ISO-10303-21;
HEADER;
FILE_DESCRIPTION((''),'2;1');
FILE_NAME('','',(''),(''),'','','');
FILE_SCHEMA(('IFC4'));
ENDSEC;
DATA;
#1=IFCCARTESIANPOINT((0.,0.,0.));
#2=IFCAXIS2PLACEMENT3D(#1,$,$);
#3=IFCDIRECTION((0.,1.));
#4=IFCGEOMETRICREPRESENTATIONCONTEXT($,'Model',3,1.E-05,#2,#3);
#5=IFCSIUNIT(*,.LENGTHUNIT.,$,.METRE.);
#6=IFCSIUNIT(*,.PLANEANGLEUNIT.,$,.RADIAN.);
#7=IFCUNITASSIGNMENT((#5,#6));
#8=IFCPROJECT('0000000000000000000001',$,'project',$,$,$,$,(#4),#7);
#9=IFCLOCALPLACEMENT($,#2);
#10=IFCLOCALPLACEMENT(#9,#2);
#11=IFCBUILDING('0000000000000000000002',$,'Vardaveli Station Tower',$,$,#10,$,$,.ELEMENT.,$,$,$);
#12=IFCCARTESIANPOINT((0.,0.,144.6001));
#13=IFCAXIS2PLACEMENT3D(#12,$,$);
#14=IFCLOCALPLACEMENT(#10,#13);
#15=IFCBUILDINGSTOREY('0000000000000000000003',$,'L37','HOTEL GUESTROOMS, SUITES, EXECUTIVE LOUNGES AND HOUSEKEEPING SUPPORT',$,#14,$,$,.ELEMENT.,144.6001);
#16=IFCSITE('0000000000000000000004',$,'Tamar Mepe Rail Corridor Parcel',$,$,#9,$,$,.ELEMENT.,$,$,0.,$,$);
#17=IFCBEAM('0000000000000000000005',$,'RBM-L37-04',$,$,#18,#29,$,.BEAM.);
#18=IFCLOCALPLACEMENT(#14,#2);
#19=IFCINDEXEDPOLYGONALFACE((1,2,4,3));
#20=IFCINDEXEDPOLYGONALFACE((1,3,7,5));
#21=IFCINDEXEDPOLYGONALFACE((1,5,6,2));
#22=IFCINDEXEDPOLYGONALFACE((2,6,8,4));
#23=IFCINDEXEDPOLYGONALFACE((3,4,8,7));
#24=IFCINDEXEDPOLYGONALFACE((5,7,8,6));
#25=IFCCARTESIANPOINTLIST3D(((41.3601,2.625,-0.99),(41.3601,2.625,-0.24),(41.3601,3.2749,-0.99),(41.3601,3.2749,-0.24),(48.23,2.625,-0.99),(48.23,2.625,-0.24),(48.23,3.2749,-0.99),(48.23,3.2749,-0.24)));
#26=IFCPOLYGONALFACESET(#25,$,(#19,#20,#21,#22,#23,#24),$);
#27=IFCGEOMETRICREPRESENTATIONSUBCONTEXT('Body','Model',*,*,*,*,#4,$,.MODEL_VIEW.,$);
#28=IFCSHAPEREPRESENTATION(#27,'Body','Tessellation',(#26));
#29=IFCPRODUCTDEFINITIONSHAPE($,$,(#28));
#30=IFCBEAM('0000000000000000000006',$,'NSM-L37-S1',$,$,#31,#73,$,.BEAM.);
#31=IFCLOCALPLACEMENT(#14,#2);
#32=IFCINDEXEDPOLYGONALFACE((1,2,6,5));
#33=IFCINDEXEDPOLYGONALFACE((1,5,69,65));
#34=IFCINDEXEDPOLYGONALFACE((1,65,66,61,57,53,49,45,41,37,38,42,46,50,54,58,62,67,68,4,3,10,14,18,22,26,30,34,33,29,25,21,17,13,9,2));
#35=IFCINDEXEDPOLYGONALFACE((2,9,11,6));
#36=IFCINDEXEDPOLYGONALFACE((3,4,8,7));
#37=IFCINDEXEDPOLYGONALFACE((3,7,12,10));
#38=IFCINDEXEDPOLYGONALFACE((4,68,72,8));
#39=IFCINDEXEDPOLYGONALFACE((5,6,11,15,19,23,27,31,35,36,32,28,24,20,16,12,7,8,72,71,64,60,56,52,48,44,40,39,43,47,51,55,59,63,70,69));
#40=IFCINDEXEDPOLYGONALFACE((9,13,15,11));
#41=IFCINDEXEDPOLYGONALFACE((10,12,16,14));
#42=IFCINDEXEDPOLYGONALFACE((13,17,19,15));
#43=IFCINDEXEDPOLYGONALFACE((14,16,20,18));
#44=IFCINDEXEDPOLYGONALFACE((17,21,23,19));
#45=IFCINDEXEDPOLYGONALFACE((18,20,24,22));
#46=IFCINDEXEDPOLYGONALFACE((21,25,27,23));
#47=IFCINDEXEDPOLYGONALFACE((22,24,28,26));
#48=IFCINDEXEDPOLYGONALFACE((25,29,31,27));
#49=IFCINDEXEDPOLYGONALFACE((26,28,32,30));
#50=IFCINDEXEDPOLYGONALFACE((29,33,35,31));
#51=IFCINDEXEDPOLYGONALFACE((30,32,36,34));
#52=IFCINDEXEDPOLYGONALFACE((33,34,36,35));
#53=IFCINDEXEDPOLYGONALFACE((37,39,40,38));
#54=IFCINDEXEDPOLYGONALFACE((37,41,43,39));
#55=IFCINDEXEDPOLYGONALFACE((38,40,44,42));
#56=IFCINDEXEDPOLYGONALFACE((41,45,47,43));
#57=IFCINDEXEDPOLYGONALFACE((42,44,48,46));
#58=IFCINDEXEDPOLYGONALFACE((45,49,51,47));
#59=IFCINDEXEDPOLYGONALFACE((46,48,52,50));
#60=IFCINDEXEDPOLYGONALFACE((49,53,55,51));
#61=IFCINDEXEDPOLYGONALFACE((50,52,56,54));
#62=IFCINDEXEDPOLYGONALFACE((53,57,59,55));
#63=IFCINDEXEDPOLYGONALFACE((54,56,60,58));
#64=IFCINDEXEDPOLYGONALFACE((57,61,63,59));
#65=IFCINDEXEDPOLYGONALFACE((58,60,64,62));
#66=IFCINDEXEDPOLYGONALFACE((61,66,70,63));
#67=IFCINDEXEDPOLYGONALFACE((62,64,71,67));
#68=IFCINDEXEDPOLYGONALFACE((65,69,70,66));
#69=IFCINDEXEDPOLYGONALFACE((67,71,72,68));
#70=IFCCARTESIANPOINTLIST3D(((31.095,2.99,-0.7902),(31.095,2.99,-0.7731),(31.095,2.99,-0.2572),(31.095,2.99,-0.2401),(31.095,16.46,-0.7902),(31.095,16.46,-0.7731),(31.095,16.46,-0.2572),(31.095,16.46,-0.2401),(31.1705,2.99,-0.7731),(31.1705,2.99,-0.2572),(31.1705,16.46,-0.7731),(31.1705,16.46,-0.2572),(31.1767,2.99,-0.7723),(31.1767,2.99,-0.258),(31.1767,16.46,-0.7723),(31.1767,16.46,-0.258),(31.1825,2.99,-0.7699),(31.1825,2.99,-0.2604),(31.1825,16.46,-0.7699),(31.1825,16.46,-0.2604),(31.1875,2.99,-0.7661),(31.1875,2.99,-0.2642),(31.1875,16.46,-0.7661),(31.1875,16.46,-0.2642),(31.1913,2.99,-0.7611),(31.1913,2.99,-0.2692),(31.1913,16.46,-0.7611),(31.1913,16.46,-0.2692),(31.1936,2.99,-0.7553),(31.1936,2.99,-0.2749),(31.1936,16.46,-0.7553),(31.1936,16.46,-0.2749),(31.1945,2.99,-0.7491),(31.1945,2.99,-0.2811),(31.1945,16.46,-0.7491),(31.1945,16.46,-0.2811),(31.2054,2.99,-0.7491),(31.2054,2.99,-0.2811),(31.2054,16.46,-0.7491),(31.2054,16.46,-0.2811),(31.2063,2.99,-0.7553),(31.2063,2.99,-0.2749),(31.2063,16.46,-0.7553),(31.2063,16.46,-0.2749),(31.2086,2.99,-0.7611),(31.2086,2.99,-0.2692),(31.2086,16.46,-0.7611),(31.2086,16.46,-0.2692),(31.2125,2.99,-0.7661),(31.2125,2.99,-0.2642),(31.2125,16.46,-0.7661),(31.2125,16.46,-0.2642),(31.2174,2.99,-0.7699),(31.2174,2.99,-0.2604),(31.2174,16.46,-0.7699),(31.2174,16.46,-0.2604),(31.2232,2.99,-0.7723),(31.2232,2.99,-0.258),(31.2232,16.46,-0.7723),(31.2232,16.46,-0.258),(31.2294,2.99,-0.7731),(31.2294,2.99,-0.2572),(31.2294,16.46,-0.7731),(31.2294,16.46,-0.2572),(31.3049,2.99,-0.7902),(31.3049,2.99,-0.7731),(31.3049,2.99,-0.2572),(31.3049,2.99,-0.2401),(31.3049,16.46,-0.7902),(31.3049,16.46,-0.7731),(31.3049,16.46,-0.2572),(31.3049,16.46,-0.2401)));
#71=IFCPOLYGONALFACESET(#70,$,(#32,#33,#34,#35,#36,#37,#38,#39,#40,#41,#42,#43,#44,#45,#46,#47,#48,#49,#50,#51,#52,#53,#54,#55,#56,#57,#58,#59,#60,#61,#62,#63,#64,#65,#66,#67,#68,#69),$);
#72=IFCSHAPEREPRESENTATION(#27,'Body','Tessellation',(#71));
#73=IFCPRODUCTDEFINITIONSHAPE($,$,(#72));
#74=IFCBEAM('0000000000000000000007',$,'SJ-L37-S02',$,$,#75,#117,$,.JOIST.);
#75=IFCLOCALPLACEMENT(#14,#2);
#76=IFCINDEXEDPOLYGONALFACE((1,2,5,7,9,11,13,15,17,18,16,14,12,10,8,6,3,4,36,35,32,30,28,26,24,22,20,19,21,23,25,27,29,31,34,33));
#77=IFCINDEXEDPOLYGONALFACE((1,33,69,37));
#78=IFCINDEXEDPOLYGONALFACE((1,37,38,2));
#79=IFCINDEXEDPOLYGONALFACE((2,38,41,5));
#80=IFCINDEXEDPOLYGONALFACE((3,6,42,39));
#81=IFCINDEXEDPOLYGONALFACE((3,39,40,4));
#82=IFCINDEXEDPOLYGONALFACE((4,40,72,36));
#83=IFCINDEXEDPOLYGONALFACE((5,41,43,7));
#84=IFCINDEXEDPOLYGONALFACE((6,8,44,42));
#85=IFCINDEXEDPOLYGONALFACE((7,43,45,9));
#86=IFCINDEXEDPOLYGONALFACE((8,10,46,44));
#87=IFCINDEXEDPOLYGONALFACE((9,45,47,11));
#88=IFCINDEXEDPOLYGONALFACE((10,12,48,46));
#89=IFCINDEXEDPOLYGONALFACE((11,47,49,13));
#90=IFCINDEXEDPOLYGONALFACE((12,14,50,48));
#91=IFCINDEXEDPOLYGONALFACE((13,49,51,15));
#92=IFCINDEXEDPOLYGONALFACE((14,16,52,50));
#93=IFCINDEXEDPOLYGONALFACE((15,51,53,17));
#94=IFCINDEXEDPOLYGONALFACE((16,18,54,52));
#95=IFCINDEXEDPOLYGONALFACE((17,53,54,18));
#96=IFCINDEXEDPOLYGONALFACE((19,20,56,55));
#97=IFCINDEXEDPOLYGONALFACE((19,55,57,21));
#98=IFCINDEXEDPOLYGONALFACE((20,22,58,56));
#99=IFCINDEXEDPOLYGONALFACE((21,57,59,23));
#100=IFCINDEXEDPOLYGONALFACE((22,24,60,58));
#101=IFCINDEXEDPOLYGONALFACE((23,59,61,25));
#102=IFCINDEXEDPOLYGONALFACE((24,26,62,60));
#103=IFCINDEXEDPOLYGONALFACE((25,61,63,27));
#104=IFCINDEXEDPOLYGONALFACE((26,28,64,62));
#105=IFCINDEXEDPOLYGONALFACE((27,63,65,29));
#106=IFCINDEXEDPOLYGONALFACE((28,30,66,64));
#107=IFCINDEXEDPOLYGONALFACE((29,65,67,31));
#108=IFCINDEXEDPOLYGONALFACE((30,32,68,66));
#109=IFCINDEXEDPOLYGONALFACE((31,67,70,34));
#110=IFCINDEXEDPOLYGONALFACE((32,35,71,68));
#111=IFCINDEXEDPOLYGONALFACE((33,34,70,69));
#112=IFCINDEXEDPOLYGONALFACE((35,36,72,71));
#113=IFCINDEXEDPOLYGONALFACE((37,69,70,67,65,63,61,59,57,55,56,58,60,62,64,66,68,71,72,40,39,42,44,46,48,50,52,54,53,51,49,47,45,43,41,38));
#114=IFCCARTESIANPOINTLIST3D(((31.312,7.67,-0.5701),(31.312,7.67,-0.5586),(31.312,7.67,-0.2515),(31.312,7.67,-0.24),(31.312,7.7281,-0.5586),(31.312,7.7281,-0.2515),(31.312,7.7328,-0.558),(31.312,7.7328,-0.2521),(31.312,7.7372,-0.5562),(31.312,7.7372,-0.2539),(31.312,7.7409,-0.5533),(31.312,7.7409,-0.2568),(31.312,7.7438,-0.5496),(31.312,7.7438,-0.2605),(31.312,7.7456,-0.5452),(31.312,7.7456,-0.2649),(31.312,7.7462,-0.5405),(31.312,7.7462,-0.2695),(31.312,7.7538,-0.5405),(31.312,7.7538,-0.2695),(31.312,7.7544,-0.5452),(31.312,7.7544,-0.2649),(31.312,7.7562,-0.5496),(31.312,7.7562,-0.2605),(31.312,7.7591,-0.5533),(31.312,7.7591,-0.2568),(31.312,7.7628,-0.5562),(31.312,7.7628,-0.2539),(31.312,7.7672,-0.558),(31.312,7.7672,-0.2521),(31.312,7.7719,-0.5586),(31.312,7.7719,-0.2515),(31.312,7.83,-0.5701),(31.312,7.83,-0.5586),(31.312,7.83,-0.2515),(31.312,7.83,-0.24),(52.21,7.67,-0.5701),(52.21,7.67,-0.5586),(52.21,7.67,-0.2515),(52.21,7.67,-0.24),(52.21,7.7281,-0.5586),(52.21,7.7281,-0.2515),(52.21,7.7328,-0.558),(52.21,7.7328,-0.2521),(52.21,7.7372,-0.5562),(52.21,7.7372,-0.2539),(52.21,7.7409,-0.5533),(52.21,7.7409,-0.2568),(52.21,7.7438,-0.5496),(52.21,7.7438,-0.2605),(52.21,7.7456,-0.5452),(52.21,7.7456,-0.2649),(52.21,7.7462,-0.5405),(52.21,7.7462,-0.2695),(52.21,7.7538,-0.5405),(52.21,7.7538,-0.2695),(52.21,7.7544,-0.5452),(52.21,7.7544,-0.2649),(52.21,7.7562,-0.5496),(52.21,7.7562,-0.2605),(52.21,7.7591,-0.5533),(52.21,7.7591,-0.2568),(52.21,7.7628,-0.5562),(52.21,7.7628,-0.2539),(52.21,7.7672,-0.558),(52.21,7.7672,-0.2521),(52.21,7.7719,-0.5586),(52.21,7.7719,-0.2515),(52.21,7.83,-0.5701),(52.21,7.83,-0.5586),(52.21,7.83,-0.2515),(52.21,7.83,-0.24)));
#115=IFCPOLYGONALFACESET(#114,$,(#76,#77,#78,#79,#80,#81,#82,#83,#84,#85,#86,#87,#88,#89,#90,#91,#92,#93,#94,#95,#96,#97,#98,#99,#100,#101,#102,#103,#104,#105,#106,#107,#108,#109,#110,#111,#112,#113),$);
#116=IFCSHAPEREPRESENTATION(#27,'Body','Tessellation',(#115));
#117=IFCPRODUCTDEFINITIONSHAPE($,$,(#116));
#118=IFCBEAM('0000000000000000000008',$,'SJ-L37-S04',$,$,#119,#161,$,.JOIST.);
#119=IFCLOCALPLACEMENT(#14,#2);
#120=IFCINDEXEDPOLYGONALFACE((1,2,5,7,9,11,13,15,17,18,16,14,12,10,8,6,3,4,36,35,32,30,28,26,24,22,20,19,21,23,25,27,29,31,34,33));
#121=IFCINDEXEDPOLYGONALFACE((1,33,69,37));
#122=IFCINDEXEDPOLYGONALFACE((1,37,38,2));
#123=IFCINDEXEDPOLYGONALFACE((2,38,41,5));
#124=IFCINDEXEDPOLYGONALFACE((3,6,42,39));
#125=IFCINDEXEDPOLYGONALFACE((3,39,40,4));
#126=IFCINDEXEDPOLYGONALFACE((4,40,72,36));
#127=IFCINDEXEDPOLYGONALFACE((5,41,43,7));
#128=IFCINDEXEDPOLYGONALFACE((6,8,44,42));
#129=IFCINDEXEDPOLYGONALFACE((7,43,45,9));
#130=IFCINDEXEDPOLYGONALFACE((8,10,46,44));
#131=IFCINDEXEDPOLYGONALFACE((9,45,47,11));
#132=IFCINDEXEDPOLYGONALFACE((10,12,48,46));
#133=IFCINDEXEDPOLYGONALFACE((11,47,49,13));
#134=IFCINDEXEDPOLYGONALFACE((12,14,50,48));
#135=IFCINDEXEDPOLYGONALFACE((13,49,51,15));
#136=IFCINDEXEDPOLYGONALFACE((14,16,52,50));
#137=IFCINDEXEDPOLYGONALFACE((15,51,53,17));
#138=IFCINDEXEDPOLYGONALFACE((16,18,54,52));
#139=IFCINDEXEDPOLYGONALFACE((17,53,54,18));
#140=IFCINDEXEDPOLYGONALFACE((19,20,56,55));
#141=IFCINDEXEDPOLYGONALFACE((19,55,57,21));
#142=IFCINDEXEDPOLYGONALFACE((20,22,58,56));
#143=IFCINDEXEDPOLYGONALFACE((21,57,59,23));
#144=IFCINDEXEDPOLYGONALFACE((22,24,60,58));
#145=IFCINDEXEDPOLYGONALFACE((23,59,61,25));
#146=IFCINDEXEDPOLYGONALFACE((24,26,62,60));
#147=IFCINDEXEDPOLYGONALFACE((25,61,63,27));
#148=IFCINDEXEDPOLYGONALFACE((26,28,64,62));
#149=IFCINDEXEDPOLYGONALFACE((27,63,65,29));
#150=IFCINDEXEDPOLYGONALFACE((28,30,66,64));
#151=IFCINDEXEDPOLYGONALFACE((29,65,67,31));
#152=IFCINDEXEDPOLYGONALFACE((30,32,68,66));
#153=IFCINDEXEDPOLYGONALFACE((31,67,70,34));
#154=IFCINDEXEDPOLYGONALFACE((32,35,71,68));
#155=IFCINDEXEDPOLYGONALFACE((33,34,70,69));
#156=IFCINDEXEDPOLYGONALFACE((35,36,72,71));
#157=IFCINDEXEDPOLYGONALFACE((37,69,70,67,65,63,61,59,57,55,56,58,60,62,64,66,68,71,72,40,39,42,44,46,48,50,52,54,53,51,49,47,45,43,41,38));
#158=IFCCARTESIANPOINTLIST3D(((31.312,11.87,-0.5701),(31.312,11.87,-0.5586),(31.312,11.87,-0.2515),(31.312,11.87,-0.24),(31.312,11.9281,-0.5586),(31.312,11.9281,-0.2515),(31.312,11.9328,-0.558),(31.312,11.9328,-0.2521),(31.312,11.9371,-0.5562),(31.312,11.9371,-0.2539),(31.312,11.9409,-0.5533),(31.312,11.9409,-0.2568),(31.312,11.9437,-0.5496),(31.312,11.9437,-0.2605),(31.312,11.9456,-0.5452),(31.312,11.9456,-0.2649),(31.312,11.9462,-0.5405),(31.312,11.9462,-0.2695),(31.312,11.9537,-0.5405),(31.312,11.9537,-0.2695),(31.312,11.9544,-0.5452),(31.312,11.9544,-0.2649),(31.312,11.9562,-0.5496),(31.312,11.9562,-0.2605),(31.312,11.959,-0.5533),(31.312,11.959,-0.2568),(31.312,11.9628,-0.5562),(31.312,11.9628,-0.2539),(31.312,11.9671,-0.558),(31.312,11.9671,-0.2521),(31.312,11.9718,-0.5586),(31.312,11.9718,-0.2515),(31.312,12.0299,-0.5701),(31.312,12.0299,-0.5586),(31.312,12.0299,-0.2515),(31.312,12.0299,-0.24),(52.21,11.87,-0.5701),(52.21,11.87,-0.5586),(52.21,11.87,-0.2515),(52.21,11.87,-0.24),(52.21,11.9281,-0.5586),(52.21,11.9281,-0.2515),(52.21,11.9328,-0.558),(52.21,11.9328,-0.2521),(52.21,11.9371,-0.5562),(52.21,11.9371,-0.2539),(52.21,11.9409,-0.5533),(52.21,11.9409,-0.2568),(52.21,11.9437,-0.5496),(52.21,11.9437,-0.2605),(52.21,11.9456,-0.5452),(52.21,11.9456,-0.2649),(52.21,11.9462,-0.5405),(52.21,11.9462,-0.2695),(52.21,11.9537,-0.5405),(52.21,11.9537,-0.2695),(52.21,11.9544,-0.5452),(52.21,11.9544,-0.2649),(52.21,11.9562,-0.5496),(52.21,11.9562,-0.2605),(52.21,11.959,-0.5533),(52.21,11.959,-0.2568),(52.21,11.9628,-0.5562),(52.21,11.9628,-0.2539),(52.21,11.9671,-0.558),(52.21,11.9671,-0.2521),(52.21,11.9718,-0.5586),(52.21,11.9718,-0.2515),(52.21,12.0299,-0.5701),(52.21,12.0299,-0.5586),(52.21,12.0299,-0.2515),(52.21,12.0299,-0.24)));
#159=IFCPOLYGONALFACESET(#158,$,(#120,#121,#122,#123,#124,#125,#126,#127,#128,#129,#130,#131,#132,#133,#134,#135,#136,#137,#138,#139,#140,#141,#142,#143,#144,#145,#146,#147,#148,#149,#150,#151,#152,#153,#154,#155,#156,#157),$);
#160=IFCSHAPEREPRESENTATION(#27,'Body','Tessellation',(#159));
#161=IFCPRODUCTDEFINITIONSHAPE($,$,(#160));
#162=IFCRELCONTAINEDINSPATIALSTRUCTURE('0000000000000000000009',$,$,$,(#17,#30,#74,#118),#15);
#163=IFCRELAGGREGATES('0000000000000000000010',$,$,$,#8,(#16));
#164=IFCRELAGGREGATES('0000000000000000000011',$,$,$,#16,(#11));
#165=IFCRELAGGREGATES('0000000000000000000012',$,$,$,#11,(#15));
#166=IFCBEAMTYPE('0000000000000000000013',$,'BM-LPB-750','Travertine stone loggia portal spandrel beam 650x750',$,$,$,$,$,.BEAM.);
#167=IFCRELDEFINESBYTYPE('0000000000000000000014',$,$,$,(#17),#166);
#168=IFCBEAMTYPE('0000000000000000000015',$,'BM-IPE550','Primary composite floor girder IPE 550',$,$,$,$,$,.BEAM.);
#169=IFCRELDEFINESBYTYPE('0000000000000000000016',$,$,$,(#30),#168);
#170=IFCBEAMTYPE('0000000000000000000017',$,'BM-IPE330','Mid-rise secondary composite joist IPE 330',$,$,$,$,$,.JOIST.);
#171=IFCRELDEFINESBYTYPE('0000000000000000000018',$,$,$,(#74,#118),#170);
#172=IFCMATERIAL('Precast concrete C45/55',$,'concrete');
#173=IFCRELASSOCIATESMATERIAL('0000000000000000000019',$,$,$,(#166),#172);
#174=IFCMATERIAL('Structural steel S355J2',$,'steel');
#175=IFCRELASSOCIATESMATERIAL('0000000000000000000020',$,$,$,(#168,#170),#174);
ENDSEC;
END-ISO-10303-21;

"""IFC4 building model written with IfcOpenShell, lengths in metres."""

from ifc_helpers import new_model, si_unit, direction, frame, origin, origin_2d, place, context, subcontext, project, spatial, rectangle, i_section, extrude, source, transform, mapped, material, material_profile, profile_set, type_object, element, save


model = new_model("IFC4")

# Units and contexts
model_context = context("Model", 3, precision=1e-05, world=origin(), true_north=direction((0.0, 1.0)))
body_context = subcontext(model_context, "Body", "Model", "MODEL_VIEW")
ifc_project = project(units=[si_unit("LENGTHUNIT", "METRE"), si_unit("PLANEANGLEUNIT", "RADIAN")], contexts=[model_context])

# Site, building, storey
site_placement = place(None, origin())
site = spatial("IfcSite", under=ifc_project, at=site_placement, Name="Tamar Mepe Rail Corridor Parcel", CompositionType="ELEMENT", RefElevation=0.0)
building_placement = place(site_placement, origin())
building = spatial("IfcBuilding", under=site, at=building_placement, Name="Vardaveli Station Tower", CompositionType="ELEMENT")
storey_placement = place(building_placement, frame((0.0, 0.0, 144.6001)))
storey = spatial("IfcBuildingStorey", under=building, at=storey_placement, Name="L37", Description="HOTEL GUESTROOMS, SUITES, EXECUTIVE LOUNGES AND HOUSEKEEPING SUPPORT", CompositionType="ELEMENT", Elevation=144.6001)

# Beams
ifc_material_1 = material(Name="Structural steel S355J2", Category="steel")
ifc_material_2 = material(Name="Precast concrete C45/55", Category="concrete")
ifc_material_profile_1 = material_profile(ifc_material_2, rectangle(XDim=0.6499, YDim=0.75, at=origin_2d()), Name="LPB 650x750")
ifc_profile_set_1 = profile_set([ifc_material_profile_1], Name="Precast concrete C45/55")
beam_type_1 = type_object("IfcBeamType", Name="BM-LPB-750", Description="Travertine stone loggia portal spandrel beam 650x750", PredefinedType="BEAM", material=ifc_profile_set_1)
shared_shape_1 = source(origin(), body_context, "Body", "SweptSolid", [
    extrude(rectangle(XDim=0.6499, YDim=0.75, at=origin_2d()), origin(), (0.0, 0.0, 1.0), 6.8699),
])
beam_1_placement = place(storey_placement, frame((41.3601, 2.95, -0.615), z_axis=(1.0, 0.0, 0.0), x_axis=(0.0, 1.0, 0.0)))
element("IfcBeam", 1, at=beam_1_placement, inside=storey, type_object=beam_type_1, Name="RBM-L37-04", PredefinedType="BEAM", context=body_context, shape_type="MappedRepresentation", body=[
    mapped(shared_shape_1, transform((0.0, 0.0, 0.0), scale=1.0)),
])
ifc_material_profile_2 = material_profile(ifc_material_1, i_section(OverallWidth=0.21, OverallDepth=0.55, WebThickness=0.011, FlangeThickness=0.0171, FilletRadius=0.0239, at=origin_2d()), Name="IPE 550")
ifc_profile_set_2 = profile_set([ifc_material_profile_2], Name="Structural steel S355J2")
beam_type_2 = type_object("IfcBeamType", Name="BM-IPE550", Description="Primary composite floor girder IPE 550", PredefinedType="BEAM", material=ifc_profile_set_2)
shared_shape_2 = source(origin(), body_context, "Body", "SweptSolid", [
    extrude(i_section(OverallWidth=0.21, OverallDepth=0.55, WebThickness=0.011, FlangeThickness=0.0171, FilletRadius=0.0239, at=origin_2d()), origin(), (0.0, 0.0, 1.0), 13.47),
])
beam_2_placement = place(storey_placement, frame((31.2, 2.99, -0.5151), z_axis=(0.0, 1.0, 0.0), x_axis=(-1.0, 0.0, 0.0)))
element("IfcBeam", 2, at=beam_2_placement, inside=storey, type_object=beam_type_2, Name="NSM-L37-S1", PredefinedType="BEAM", context=body_context, shape_type="MappedRepresentation", body=[
    mapped(shared_shape_2, transform((0.0, 0.0, 0.0), scale=1.0)),
])
ifc_material_profile_3 = material_profile(ifc_material_1, i_section(OverallWidth=0.1599, OverallDepth=0.3301, WebThickness=0.0076, FlangeThickness=0.0115, FilletRadius=0.0181, at=origin_2d()), Name="IPE 330")
ifc_profile_set_3 = profile_set([ifc_material_profile_3], Name="Structural steel S355J2")
beam_type_3 = type_object("IfcBeamType", Name="BM-IPE330", Description="Mid-rise secondary composite joist IPE 330", PredefinedType="JOIST", material=ifc_profile_set_3)
shared_shape_3 = source(origin(), body_context, "Body", "SweptSolid", [
    extrude(i_section(OverallWidth=0.1599, OverallDepth=0.3301, WebThickness=0.0076, FlangeThickness=0.0115, FilletRadius=0.0181, at=origin_2d()), origin(), (0.0, 0.0, 1.0), 20.8979),
])
for number, where, z_axis, x_axis, name in (
    (3, (31.312, 7.75, -0.405), (1.0, 0.0, 0.0), (0.0, 1.0, 0.0), "SJ-L37-S02"),
    (4, (31.312, 11.95, -0.405), (1.0, 0.0, 0.0), (0.0, 1.0, 0.0), "SJ-L37-S04"),
):
    element("IfcBeam", number, at=place(storey_placement, frame(where, z_axis=z_axis, x_axis=x_axis)), inside=storey, type_object=beam_type_3, Name=name, PredefinedType="JOIST", context=body_context, shape_type="MappedRepresentation", body=[
        mapped(shared_shape_3, transform((0.0, 0.0, 0.0), scale=1.0)),
    ])

save(model, "model.ifc")
